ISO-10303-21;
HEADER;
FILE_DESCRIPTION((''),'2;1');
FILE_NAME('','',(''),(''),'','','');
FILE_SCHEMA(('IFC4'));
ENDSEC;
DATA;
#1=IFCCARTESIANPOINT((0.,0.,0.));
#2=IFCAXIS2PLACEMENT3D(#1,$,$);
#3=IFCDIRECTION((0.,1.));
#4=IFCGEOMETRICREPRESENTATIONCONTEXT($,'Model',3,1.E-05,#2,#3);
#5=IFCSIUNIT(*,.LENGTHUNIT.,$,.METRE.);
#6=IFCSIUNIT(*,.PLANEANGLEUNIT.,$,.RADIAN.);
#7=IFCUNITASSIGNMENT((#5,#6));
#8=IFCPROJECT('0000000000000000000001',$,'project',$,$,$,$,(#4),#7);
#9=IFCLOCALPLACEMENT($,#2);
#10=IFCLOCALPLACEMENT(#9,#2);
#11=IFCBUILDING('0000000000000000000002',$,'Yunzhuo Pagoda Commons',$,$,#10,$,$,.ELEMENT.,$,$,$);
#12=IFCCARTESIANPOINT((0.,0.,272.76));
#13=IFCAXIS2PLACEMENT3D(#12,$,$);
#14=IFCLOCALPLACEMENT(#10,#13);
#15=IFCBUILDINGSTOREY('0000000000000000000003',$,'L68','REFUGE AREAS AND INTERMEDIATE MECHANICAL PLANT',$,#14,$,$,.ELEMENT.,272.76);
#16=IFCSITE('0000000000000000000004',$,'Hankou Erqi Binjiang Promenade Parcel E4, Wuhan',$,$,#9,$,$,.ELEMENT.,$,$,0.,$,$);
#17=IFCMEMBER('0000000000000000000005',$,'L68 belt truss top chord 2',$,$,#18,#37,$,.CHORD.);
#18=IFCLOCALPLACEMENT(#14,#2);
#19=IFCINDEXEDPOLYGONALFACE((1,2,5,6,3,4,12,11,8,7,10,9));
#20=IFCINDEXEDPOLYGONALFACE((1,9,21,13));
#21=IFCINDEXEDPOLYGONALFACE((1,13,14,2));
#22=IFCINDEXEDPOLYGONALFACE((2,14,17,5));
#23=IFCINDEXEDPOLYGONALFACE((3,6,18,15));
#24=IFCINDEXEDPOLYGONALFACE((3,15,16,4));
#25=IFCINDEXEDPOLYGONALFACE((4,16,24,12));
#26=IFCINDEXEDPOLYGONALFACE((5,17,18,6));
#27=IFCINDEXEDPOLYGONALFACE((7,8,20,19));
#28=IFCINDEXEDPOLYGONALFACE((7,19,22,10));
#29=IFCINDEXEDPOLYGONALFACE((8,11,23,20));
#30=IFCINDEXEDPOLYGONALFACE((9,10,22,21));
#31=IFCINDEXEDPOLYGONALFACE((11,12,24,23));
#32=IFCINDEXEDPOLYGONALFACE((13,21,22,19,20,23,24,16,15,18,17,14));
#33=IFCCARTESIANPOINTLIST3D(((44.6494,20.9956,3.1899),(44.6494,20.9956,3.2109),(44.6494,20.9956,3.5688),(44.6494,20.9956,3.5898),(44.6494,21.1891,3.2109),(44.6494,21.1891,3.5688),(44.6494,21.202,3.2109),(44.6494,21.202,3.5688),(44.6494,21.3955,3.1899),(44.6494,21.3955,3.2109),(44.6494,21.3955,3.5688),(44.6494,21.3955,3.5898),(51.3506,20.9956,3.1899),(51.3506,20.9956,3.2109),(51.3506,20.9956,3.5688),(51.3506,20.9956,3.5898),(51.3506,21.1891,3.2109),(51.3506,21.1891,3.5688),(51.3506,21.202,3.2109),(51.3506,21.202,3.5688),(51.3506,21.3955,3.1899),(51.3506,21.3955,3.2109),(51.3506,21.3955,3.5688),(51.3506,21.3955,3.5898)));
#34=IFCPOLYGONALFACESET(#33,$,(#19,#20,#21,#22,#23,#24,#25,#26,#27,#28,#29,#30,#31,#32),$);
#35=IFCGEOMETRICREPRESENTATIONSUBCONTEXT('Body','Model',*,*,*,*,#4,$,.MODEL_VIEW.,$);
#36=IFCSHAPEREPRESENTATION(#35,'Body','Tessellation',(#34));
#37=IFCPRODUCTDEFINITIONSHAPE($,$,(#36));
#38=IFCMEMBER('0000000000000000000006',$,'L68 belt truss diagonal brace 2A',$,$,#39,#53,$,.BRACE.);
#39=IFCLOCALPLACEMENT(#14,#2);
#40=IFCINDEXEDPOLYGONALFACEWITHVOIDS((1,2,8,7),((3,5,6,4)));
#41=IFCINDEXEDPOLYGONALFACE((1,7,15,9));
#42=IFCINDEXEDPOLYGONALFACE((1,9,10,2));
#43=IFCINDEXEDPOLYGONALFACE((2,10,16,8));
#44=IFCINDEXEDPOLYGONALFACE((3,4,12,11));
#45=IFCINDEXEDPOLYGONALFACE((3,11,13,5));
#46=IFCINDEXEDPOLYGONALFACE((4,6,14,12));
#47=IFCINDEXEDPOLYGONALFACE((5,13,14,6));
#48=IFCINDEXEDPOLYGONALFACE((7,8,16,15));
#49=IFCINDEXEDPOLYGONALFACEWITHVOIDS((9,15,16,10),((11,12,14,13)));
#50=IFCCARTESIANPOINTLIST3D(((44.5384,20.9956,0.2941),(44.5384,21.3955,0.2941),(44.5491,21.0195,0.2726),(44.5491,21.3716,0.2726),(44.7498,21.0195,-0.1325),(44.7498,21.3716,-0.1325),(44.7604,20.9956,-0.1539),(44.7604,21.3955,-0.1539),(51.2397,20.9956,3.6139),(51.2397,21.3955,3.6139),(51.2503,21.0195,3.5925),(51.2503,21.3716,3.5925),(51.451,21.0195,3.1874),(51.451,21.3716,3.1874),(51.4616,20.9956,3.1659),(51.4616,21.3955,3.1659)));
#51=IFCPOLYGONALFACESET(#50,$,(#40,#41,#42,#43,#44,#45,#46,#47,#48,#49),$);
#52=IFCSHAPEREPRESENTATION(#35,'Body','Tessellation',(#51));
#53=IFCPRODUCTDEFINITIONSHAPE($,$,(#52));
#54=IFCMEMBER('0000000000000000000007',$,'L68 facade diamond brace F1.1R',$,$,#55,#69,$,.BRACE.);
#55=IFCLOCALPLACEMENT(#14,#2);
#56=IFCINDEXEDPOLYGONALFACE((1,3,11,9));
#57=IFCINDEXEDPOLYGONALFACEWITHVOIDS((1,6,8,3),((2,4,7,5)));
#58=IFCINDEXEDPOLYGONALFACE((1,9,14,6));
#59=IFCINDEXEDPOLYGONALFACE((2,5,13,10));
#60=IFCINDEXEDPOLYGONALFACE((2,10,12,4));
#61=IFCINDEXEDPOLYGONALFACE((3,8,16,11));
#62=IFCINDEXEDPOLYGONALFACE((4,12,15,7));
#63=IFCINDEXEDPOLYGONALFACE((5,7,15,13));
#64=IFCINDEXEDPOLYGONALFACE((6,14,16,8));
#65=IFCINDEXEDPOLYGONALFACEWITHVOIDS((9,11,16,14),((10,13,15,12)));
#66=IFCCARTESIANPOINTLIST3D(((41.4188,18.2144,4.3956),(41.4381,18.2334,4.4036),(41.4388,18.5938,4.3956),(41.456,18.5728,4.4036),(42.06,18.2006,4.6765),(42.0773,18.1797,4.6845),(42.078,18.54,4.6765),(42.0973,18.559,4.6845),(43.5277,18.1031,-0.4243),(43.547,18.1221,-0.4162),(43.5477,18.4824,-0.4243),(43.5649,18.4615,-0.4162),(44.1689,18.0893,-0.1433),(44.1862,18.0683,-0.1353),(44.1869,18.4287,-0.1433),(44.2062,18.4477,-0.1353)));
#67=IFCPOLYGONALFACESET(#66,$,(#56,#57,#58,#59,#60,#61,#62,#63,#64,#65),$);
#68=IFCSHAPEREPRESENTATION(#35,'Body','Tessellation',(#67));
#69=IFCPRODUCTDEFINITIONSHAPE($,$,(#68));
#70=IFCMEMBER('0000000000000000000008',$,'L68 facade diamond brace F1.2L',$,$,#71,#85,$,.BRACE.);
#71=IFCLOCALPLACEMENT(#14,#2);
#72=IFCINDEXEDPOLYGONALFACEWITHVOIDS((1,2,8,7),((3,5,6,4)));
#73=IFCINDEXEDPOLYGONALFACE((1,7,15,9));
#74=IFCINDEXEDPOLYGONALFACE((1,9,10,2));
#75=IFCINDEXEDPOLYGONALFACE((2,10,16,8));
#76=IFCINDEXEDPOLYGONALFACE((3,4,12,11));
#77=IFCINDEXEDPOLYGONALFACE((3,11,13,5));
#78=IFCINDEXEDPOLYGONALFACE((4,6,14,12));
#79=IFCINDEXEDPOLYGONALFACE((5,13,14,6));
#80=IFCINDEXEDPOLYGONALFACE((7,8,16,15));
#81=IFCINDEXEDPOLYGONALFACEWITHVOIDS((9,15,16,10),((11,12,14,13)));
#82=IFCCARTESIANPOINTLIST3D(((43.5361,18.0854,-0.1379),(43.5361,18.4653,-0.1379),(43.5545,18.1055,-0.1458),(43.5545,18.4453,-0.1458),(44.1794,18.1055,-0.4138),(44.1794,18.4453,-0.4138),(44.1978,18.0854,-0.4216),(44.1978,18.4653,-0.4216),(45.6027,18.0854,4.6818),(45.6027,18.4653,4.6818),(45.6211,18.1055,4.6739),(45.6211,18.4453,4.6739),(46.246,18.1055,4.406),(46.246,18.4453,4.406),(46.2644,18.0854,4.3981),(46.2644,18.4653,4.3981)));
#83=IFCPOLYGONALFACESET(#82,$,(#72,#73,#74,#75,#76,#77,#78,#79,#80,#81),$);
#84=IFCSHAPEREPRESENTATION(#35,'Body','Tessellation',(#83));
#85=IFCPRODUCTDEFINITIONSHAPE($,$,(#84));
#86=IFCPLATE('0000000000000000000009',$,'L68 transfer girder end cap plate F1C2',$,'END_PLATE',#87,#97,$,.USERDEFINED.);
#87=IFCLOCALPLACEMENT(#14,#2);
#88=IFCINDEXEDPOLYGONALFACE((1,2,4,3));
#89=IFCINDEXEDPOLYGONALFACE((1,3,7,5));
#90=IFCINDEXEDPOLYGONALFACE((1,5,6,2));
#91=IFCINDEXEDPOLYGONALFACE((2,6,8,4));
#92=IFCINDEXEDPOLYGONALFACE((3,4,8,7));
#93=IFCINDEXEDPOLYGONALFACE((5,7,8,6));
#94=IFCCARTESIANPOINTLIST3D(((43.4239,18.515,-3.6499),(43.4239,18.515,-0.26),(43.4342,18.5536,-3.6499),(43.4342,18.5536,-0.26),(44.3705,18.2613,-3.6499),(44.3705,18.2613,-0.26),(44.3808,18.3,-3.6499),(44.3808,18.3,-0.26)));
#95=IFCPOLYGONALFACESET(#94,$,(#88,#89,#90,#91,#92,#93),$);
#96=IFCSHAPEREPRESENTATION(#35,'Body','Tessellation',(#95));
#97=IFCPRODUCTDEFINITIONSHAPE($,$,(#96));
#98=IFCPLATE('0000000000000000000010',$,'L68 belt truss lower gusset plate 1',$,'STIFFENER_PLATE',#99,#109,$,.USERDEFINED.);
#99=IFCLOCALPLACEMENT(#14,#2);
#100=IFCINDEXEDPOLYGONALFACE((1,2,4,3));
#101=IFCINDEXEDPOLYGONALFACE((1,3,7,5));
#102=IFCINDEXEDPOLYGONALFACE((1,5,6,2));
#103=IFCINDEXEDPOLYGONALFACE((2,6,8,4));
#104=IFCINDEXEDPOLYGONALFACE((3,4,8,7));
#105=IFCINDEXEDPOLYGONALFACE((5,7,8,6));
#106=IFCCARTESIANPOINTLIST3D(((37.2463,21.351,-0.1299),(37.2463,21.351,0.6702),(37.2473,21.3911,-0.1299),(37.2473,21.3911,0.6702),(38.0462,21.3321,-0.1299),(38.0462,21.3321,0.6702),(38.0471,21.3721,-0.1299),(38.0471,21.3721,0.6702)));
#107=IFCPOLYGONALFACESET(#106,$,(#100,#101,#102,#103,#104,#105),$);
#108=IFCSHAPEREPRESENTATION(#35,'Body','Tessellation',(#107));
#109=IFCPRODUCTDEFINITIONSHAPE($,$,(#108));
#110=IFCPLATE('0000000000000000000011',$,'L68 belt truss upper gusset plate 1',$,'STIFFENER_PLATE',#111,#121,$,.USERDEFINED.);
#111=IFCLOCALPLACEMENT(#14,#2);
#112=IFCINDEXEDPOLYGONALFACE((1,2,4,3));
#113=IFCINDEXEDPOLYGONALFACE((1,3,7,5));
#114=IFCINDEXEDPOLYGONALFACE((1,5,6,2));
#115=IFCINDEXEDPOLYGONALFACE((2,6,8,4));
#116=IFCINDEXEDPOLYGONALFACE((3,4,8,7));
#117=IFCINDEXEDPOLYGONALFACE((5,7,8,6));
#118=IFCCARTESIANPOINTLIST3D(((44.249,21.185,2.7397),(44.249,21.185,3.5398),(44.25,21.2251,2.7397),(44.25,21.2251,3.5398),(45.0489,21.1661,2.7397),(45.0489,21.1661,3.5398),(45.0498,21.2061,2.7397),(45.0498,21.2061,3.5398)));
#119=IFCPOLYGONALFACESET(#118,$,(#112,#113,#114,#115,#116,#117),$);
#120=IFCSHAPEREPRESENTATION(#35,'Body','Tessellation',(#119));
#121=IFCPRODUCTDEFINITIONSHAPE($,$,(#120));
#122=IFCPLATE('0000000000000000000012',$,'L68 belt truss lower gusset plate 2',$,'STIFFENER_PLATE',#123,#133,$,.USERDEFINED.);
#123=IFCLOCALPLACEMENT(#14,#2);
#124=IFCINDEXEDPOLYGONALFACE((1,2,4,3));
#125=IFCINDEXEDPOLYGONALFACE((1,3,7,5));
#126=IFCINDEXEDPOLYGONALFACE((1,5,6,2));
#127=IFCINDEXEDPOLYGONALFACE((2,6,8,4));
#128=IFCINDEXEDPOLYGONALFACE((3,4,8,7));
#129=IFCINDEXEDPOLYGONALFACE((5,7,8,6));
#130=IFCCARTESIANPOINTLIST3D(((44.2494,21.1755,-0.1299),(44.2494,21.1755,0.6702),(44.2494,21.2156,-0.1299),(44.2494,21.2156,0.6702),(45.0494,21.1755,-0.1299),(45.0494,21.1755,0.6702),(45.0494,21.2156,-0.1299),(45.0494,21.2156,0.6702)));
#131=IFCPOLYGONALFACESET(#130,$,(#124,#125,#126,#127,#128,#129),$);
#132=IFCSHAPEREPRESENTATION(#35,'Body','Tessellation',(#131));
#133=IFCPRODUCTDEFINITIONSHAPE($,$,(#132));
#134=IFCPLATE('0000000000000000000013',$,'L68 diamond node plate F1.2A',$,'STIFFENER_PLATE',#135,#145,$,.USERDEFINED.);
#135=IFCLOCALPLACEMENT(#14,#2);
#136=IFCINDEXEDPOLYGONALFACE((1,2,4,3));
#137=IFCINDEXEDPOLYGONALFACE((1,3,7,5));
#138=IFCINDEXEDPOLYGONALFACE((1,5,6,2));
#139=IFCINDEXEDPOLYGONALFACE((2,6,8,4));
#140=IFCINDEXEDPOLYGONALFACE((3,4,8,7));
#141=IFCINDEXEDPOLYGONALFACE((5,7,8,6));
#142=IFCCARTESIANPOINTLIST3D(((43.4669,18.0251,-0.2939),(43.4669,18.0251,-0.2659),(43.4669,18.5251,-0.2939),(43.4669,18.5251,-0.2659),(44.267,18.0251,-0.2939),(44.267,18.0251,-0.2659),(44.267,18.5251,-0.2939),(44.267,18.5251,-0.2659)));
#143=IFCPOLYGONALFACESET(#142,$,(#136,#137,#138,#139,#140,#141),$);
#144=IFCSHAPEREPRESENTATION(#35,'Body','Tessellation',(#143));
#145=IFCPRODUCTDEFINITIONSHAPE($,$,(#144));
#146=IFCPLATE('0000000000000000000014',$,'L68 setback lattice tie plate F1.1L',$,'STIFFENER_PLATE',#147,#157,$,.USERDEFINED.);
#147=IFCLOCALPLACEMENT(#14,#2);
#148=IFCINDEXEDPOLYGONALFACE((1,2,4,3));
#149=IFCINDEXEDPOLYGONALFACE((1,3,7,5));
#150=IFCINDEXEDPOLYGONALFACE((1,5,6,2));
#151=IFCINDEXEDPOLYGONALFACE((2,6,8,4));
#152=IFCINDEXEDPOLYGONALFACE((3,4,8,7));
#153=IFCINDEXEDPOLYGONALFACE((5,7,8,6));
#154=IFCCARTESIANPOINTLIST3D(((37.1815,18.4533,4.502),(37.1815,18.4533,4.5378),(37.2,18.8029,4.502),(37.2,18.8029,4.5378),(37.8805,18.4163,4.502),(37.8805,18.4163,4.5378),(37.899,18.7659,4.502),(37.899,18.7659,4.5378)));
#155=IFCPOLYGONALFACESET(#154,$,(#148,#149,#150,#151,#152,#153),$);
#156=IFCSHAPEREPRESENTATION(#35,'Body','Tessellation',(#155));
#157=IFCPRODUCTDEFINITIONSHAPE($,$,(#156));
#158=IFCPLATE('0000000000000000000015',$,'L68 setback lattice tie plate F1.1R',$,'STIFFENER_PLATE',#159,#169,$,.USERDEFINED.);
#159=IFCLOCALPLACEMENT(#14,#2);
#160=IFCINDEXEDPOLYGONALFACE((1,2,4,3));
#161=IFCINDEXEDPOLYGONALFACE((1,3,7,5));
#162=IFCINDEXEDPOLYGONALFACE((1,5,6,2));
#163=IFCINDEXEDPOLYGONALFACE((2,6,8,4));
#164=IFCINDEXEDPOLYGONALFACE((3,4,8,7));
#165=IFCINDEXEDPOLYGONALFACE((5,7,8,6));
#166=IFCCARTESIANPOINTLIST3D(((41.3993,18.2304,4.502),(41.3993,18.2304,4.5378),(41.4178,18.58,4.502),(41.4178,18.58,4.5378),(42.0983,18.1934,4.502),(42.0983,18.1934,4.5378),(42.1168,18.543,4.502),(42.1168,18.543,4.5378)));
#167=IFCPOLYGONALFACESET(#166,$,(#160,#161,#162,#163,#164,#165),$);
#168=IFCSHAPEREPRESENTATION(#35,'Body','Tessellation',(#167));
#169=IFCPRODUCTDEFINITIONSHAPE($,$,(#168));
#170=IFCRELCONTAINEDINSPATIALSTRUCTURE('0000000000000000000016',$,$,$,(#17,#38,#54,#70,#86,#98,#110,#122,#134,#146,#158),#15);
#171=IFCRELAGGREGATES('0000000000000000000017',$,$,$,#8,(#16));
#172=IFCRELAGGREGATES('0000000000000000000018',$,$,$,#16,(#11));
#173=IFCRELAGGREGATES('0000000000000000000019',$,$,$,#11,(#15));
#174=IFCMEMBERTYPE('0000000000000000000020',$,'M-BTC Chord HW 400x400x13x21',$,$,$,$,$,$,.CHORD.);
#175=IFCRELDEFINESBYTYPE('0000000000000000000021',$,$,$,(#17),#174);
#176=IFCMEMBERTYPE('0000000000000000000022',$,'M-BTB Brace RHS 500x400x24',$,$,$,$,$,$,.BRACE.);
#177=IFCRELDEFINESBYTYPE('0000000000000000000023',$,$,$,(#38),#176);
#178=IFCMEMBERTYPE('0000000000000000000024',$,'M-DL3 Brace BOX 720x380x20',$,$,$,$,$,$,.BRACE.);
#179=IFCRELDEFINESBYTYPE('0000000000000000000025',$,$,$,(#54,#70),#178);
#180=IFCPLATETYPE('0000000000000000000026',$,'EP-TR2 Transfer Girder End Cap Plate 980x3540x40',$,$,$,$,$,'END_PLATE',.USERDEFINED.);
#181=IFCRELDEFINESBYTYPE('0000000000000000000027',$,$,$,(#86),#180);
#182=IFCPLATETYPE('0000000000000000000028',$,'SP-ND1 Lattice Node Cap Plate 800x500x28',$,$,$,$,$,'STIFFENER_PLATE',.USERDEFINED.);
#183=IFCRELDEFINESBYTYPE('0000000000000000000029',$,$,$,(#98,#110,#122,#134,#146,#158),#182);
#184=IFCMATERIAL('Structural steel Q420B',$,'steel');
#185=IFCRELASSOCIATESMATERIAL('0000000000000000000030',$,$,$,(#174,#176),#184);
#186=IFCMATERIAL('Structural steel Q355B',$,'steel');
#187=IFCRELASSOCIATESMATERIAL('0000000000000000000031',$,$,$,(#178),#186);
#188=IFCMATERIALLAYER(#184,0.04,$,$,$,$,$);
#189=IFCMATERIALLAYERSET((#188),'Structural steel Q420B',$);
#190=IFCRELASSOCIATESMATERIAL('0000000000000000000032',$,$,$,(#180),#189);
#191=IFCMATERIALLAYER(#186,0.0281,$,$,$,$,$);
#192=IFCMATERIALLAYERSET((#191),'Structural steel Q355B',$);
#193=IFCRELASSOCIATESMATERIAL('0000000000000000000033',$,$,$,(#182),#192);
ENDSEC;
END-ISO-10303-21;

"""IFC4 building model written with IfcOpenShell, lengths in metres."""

from ifc_helpers import new_model, si_unit, direction, frame, origin, origin_2d, place, context, subcontext, project, spatial, rectangle, hollow_rectangle, i_section, extrude, source, transform, mapped, material, layer, layer_set, material_profile, profile_set, type_object, element, save


model = new_model("IFC4")

# Units and contexts
model_context = context("Model", 3, precision=1e-05, world=origin(), true_north=direction((0.0, 1.0)))
body_context = subcontext(model_context, "Body", "Model", "MODEL_VIEW")
ifc_project = project(units=[si_unit("LENGTHUNIT", "METRE"), si_unit("PLANEANGLEUNIT", "RADIAN")], contexts=[model_context])

# Site, building, storey
site_placement = place(None, origin())
site = spatial("IfcSite", under=ifc_project, at=site_placement, Name="Hankou Erqi Binjiang Promenade Parcel E4, Wuhan", CompositionType="ELEMENT", RefElevation=0.0)
building_placement = place(site_placement, origin())
building = spatial("IfcBuilding", under=site, at=building_placement, Name="Yunzhuo Pagoda Commons", CompositionType="ELEMENT")
storey_placement = place(building_placement, frame((0.0, 0.0, 272.76)))
storey = spatial("IfcBuildingStorey", under=building, at=storey_placement, Name="L68", Description="REFUGE AREAS AND INTERMEDIATE MECHANICAL PLANT", CompositionType="ELEMENT", Elevation=272.76)

# Shared definitions
ifc_material_1 = material(Name="Structural steel Q355B", Category="steel")

# Shared definitions
ifc_material_2 = material(Name="Structural steel Q420B", Category="steel")

# Members
ifc_material_profile_1 = material_profile(ifc_material_2, i_section(OverallWidth=0.3999, OverallDepth=0.3999, WebThickness=0.0129, FlangeThickness=0.021, at=origin_2d()), Name="Structural steel Q420B")
ifc_profile_set_1 = profile_set([ifc_material_profile_1], Name="Structural steel Q420B")
member_type_1 = type_object("IfcMemberType", Name="M-BTC Chord HW 400x400x13x21", PredefinedType="CHORD", material=ifc_profile_set_1)
shared_shape_1 = source(origin(), body_context, "Body", "SweptSolid", [
    extrude(i_section(OverallWidth=0.3999, OverallDepth=0.3999, WebThickness=0.0129, FlangeThickness=0.021, at=origin_2d()), origin(), (0.0, 0.0, 1.0), 6.7012),
])
for number, where, z_axis, x_axis, name in (
    (1, (44.6494, 21.1956, 3.3899), (1.0, 0.0, 0.0), (0.0, 1.0, 0.0), "L68 belt truss top chord 2"),
):
    element("IfcMember", number, at=place(storey_placement, frame(where, z_axis=z_axis, x_axis=x_axis)), inside=storey, type_object=member_type_1, Name=name, PredefinedType="CHORD", context=body_context, shape_type="MappedRepresentation", body=[
        mapped(shared_shape_1, transform((0.0, 0.0, 0.0), scale=1.0)),
    ])
ifc_material_profile_2 = material_profile(ifc_material_2, hollow_rectangle(XDim=0.3999, YDim=0.5, WallThickness=0.0239, at=origin_2d()), Name="Structural steel Q420B")
ifc_profile_set_2 = profile_set([ifc_material_profile_2], Name="Structural steel Q420B")
member_type_2 = type_object("IfcMemberType", Name="M-BTB Brace RHS 500x400x24", PredefinedType="BRACE", material=ifc_profile_set_2)
shared_shape_2 = source(origin(), body_context, "Body", "SweptSolid", [
    extrude(hollow_rectangle(XDim=0.3999, YDim=0.5, WallThickness=0.0239, at=origin_2d()), origin(), (0.0, 0.0, 1.0), 7.4785),
])
member_1_placement = place(storey_placement, frame((44.6494, 21.1956, 0.0701), z_axis=(0.896066, 0.0, 0.44392), x_axis=(0.0, 1.0, 0.0)))
element("IfcMember", 2, at=member_1_placement, inside=storey, type_object=member_type_2, Name="L68 belt truss diagonal brace 2A", PredefinedType="BRACE", context=body_context, shape_type="MappedRepresentation", body=[
    mapped(shared_shape_2, transform((0.0, 0.0, 0.0), scale=1.0)),
])
ifc_material_profile_3 = material_profile(ifc_material_1, hollow_rectangle(XDim=0.3799, YDim=0.72, WallThickness=0.02, at=origin_2d()), Name="Structural steel Q355B")
ifc_profile_set_3 = profile_set([ifc_material_profile_3], Name="Structural steel Q355B")
member_type_3 = type_object("IfcMemberType", Name="M-DL3 Brace BOX 720x380x20", PredefinedType="BRACE", material=ifc_profile_set_3)
shared_shape_3 = source(origin(), body_context, "Body", "SweptSolid", [
    extrude(hollow_rectangle(XDim=0.3799, YDim=0.72, WallThickness=0.02, at=origin_2d()), origin(), (0.0, 0.0, 1.0), 5.2622),
])
member_2_placement = place(storey_placement, frame((43.8669, 18.2754, -0.2798), z_axis=(-0.400763, 0.021156, 0.915937), x_axis=(-0.052717, -0.99861, 0.0)))
element("IfcMember", 3, at=member_2_placement, inside=storey, type_object=member_type_3, Name="L68 facade diamond brace F1.1R", PredefinedType="BRACE", context=body_context, shape_type="MappedRepresentation", body=[
    mapped(shared_shape_3, transform((0.0, 0.0, 0.0), scale=1.0)),
])
shared_shape_4 = source(origin(), body_context, "Body", "SweptSolid", [
    extrude(hollow_rectangle(XDim=0.3799, YDim=0.72, WallThickness=0.02, at=origin_2d()), origin(), (0.0, 0.0, 1.0), 5.2441),
])
member_3_placement = place(storey_placement, frame((43.8669, 18.2754, -0.2798), z_axis=(0.394082, 0.0, 0.919075), x_axis=(0.0, 1.0, 0.0)))
element("IfcMember", 4, at=member_3_placement, inside=storey, type_object=member_type_3, Name="L68 facade diamond brace F1.2L", PredefinedType="BRACE", context=body_context, shape_type="MappedRepresentation", body=[
    mapped(shared_shape_4, transform((0.0, 0.0, 0.0), scale=1.0)),
])

# Plates
ifc_layer_1 = layer(ifc_material_2, 0.04)
ifc_layer_set_1 = layer_set([ifc_layer_1], Name="Structural steel Q420B")
plate_type_1 = type_object("IfcPlateType", Name="EP-TR2 Transfer Girder End Cap Plate 980x3540x40", ElementType="END_PLATE", PredefinedType="USERDEFINED", material=ifc_layer_set_1)
shared_shape_5 = source(origin(), body_context, "Body", "SweptSolid", [
    extrude(rectangle(XDim=0.98, YDim=0.04, at=origin_2d()), origin(), (0.0, 0.0, 1.0), 3.3899),
])
plate_1_placement = place(storey_placement, frame((43.9023, 18.4075, -3.6499), z_axis=(0.0, 0.0, 1.0), x_axis=(0.965926, -0.258819, 0.0)))
element("IfcPlate", 5, at=plate_1_placement, inside=storey, type_object=plate_type_1, Name="L68 transfer girder end cap plate F1C2", ObjectType="END_PLATE", PredefinedType="USERDEFINED", context=body_context, shape_type="MappedRepresentation", body=[
    mapped(shared_shape_5, transform((0.0, 0.0, 0.0), scale=1.0)),
])
ifc_layer_2 = layer(ifc_material_1, 0.0281)
ifc_layer_set_2 = layer_set([ifc_layer_2], Name="Structural steel Q355B")
plate_type_2 = type_object("IfcPlateType", Name="SP-ND1 Lattice Node Cap Plate 800x500x28", ElementType="STIFFENER_PLATE", PredefinedType="USERDEFINED", material=ifc_layer_set_2)
shared_shape_6 = source(origin(), body_context, "Body", "SweptSolid", [
    extrude(rectangle(XDim=0.8, YDim=0.04, at=origin_2d()), origin(), (0.0, 0.0, 1.0), 0.8),
])
for number, where, z_axis, x_axis, name in (
    (6, (37.6467, 21.3616, -0.1299), (0.0, 0.0, 1.0), (0.999719, -0.023717, 0.0), "L68 belt truss lower gusset plate 1"),
    (7, (44.6494, 21.1956, 2.7397), (0.0, 0.0, 1.0), (0.999719, -0.023717, 0.0), "L68 belt truss upper gusset plate 1"),
    (8, (44.6494, 21.1956, -0.1299), (0.0, 0.0, 1.0), (1.0, 0.0, 0.0), "L68 belt truss lower gusset plate 2"),
):
    element("IfcPlate", number, at=place(storey_placement, frame(where, z_axis=z_axis, x_axis=x_axis)), inside=storey, type_object=plate_type_2, Name=name, ObjectType="STIFFENER_PLATE", PredefinedType="USERDEFINED", context=body_context, shape_type="MappedRepresentation", body=[
        mapped(shared_shape_6, transform((0.0, 0.0, 0.0), scale=1.0)),
    ])
shared_shape_7 = source(origin(), body_context, "Body", "SweptSolid", [
    extrude(rectangle(XDim=0.8, YDim=0.5, at=origin_2d()), origin(), (0.0, 0.0, 1.0), 0.0281),
])
plate_2_placement = place(storey_placement, frame((43.8669, 18.2751, -0.2939), z_axis=(0.0, 0.0, 1.0), x_axis=(1.0, 0.0, 0.0)))
element("IfcPlate", 9, at=plate_2_placement, inside=storey, type_object=plate_type_2, Name="L68 diamond node plate F1.2A", ObjectType="STIFFENER_PLATE", PredefinedType="USERDEFINED", context=body_context, shape_type="MappedRepresentation", body=[
    mapped(shared_shape_7, transform((0.0, 0.0, 0.0), scale=1.0)),
])
shared_shape_8 = source(origin(), body_context, "Body", "SweptSolid", [
    extrude(rectangle(XDim=0.7, YDim=0.3501, at=origin_2d()), origin(), (0.0, 0.0, 1.0), 0.0359),
])
for number, where, z_axis, x_axis, name in (
    (10, (37.5403, 18.6096, 4.502), (0.0, 0.0, 1.0), (0.998604, -0.052824, 0.0), "L68 setback lattice tie plate F1.1L"),
    (11, (41.7581, 18.3867, 4.502), (0.0, 0.0, 1.0), (0.998604, -0.052824, 0.0), "L68 setback lattice tie plate F1.1R"),
):
    element("IfcPlate", number, at=place(storey_placement, frame(where, z_axis=z_axis, x_axis=x_axis)), inside=storey, type_object=plate_type_2, Name=name, ObjectType="STIFFENER_PLATE", PredefinedType="USERDEFINED", context=body_context, shape_type="MappedRepresentation", body=[
        mapped(shared_shape_8, transform((0.0, 0.0, 0.0), scale=1.0)),
    ])

save(model, "model.ifc")
